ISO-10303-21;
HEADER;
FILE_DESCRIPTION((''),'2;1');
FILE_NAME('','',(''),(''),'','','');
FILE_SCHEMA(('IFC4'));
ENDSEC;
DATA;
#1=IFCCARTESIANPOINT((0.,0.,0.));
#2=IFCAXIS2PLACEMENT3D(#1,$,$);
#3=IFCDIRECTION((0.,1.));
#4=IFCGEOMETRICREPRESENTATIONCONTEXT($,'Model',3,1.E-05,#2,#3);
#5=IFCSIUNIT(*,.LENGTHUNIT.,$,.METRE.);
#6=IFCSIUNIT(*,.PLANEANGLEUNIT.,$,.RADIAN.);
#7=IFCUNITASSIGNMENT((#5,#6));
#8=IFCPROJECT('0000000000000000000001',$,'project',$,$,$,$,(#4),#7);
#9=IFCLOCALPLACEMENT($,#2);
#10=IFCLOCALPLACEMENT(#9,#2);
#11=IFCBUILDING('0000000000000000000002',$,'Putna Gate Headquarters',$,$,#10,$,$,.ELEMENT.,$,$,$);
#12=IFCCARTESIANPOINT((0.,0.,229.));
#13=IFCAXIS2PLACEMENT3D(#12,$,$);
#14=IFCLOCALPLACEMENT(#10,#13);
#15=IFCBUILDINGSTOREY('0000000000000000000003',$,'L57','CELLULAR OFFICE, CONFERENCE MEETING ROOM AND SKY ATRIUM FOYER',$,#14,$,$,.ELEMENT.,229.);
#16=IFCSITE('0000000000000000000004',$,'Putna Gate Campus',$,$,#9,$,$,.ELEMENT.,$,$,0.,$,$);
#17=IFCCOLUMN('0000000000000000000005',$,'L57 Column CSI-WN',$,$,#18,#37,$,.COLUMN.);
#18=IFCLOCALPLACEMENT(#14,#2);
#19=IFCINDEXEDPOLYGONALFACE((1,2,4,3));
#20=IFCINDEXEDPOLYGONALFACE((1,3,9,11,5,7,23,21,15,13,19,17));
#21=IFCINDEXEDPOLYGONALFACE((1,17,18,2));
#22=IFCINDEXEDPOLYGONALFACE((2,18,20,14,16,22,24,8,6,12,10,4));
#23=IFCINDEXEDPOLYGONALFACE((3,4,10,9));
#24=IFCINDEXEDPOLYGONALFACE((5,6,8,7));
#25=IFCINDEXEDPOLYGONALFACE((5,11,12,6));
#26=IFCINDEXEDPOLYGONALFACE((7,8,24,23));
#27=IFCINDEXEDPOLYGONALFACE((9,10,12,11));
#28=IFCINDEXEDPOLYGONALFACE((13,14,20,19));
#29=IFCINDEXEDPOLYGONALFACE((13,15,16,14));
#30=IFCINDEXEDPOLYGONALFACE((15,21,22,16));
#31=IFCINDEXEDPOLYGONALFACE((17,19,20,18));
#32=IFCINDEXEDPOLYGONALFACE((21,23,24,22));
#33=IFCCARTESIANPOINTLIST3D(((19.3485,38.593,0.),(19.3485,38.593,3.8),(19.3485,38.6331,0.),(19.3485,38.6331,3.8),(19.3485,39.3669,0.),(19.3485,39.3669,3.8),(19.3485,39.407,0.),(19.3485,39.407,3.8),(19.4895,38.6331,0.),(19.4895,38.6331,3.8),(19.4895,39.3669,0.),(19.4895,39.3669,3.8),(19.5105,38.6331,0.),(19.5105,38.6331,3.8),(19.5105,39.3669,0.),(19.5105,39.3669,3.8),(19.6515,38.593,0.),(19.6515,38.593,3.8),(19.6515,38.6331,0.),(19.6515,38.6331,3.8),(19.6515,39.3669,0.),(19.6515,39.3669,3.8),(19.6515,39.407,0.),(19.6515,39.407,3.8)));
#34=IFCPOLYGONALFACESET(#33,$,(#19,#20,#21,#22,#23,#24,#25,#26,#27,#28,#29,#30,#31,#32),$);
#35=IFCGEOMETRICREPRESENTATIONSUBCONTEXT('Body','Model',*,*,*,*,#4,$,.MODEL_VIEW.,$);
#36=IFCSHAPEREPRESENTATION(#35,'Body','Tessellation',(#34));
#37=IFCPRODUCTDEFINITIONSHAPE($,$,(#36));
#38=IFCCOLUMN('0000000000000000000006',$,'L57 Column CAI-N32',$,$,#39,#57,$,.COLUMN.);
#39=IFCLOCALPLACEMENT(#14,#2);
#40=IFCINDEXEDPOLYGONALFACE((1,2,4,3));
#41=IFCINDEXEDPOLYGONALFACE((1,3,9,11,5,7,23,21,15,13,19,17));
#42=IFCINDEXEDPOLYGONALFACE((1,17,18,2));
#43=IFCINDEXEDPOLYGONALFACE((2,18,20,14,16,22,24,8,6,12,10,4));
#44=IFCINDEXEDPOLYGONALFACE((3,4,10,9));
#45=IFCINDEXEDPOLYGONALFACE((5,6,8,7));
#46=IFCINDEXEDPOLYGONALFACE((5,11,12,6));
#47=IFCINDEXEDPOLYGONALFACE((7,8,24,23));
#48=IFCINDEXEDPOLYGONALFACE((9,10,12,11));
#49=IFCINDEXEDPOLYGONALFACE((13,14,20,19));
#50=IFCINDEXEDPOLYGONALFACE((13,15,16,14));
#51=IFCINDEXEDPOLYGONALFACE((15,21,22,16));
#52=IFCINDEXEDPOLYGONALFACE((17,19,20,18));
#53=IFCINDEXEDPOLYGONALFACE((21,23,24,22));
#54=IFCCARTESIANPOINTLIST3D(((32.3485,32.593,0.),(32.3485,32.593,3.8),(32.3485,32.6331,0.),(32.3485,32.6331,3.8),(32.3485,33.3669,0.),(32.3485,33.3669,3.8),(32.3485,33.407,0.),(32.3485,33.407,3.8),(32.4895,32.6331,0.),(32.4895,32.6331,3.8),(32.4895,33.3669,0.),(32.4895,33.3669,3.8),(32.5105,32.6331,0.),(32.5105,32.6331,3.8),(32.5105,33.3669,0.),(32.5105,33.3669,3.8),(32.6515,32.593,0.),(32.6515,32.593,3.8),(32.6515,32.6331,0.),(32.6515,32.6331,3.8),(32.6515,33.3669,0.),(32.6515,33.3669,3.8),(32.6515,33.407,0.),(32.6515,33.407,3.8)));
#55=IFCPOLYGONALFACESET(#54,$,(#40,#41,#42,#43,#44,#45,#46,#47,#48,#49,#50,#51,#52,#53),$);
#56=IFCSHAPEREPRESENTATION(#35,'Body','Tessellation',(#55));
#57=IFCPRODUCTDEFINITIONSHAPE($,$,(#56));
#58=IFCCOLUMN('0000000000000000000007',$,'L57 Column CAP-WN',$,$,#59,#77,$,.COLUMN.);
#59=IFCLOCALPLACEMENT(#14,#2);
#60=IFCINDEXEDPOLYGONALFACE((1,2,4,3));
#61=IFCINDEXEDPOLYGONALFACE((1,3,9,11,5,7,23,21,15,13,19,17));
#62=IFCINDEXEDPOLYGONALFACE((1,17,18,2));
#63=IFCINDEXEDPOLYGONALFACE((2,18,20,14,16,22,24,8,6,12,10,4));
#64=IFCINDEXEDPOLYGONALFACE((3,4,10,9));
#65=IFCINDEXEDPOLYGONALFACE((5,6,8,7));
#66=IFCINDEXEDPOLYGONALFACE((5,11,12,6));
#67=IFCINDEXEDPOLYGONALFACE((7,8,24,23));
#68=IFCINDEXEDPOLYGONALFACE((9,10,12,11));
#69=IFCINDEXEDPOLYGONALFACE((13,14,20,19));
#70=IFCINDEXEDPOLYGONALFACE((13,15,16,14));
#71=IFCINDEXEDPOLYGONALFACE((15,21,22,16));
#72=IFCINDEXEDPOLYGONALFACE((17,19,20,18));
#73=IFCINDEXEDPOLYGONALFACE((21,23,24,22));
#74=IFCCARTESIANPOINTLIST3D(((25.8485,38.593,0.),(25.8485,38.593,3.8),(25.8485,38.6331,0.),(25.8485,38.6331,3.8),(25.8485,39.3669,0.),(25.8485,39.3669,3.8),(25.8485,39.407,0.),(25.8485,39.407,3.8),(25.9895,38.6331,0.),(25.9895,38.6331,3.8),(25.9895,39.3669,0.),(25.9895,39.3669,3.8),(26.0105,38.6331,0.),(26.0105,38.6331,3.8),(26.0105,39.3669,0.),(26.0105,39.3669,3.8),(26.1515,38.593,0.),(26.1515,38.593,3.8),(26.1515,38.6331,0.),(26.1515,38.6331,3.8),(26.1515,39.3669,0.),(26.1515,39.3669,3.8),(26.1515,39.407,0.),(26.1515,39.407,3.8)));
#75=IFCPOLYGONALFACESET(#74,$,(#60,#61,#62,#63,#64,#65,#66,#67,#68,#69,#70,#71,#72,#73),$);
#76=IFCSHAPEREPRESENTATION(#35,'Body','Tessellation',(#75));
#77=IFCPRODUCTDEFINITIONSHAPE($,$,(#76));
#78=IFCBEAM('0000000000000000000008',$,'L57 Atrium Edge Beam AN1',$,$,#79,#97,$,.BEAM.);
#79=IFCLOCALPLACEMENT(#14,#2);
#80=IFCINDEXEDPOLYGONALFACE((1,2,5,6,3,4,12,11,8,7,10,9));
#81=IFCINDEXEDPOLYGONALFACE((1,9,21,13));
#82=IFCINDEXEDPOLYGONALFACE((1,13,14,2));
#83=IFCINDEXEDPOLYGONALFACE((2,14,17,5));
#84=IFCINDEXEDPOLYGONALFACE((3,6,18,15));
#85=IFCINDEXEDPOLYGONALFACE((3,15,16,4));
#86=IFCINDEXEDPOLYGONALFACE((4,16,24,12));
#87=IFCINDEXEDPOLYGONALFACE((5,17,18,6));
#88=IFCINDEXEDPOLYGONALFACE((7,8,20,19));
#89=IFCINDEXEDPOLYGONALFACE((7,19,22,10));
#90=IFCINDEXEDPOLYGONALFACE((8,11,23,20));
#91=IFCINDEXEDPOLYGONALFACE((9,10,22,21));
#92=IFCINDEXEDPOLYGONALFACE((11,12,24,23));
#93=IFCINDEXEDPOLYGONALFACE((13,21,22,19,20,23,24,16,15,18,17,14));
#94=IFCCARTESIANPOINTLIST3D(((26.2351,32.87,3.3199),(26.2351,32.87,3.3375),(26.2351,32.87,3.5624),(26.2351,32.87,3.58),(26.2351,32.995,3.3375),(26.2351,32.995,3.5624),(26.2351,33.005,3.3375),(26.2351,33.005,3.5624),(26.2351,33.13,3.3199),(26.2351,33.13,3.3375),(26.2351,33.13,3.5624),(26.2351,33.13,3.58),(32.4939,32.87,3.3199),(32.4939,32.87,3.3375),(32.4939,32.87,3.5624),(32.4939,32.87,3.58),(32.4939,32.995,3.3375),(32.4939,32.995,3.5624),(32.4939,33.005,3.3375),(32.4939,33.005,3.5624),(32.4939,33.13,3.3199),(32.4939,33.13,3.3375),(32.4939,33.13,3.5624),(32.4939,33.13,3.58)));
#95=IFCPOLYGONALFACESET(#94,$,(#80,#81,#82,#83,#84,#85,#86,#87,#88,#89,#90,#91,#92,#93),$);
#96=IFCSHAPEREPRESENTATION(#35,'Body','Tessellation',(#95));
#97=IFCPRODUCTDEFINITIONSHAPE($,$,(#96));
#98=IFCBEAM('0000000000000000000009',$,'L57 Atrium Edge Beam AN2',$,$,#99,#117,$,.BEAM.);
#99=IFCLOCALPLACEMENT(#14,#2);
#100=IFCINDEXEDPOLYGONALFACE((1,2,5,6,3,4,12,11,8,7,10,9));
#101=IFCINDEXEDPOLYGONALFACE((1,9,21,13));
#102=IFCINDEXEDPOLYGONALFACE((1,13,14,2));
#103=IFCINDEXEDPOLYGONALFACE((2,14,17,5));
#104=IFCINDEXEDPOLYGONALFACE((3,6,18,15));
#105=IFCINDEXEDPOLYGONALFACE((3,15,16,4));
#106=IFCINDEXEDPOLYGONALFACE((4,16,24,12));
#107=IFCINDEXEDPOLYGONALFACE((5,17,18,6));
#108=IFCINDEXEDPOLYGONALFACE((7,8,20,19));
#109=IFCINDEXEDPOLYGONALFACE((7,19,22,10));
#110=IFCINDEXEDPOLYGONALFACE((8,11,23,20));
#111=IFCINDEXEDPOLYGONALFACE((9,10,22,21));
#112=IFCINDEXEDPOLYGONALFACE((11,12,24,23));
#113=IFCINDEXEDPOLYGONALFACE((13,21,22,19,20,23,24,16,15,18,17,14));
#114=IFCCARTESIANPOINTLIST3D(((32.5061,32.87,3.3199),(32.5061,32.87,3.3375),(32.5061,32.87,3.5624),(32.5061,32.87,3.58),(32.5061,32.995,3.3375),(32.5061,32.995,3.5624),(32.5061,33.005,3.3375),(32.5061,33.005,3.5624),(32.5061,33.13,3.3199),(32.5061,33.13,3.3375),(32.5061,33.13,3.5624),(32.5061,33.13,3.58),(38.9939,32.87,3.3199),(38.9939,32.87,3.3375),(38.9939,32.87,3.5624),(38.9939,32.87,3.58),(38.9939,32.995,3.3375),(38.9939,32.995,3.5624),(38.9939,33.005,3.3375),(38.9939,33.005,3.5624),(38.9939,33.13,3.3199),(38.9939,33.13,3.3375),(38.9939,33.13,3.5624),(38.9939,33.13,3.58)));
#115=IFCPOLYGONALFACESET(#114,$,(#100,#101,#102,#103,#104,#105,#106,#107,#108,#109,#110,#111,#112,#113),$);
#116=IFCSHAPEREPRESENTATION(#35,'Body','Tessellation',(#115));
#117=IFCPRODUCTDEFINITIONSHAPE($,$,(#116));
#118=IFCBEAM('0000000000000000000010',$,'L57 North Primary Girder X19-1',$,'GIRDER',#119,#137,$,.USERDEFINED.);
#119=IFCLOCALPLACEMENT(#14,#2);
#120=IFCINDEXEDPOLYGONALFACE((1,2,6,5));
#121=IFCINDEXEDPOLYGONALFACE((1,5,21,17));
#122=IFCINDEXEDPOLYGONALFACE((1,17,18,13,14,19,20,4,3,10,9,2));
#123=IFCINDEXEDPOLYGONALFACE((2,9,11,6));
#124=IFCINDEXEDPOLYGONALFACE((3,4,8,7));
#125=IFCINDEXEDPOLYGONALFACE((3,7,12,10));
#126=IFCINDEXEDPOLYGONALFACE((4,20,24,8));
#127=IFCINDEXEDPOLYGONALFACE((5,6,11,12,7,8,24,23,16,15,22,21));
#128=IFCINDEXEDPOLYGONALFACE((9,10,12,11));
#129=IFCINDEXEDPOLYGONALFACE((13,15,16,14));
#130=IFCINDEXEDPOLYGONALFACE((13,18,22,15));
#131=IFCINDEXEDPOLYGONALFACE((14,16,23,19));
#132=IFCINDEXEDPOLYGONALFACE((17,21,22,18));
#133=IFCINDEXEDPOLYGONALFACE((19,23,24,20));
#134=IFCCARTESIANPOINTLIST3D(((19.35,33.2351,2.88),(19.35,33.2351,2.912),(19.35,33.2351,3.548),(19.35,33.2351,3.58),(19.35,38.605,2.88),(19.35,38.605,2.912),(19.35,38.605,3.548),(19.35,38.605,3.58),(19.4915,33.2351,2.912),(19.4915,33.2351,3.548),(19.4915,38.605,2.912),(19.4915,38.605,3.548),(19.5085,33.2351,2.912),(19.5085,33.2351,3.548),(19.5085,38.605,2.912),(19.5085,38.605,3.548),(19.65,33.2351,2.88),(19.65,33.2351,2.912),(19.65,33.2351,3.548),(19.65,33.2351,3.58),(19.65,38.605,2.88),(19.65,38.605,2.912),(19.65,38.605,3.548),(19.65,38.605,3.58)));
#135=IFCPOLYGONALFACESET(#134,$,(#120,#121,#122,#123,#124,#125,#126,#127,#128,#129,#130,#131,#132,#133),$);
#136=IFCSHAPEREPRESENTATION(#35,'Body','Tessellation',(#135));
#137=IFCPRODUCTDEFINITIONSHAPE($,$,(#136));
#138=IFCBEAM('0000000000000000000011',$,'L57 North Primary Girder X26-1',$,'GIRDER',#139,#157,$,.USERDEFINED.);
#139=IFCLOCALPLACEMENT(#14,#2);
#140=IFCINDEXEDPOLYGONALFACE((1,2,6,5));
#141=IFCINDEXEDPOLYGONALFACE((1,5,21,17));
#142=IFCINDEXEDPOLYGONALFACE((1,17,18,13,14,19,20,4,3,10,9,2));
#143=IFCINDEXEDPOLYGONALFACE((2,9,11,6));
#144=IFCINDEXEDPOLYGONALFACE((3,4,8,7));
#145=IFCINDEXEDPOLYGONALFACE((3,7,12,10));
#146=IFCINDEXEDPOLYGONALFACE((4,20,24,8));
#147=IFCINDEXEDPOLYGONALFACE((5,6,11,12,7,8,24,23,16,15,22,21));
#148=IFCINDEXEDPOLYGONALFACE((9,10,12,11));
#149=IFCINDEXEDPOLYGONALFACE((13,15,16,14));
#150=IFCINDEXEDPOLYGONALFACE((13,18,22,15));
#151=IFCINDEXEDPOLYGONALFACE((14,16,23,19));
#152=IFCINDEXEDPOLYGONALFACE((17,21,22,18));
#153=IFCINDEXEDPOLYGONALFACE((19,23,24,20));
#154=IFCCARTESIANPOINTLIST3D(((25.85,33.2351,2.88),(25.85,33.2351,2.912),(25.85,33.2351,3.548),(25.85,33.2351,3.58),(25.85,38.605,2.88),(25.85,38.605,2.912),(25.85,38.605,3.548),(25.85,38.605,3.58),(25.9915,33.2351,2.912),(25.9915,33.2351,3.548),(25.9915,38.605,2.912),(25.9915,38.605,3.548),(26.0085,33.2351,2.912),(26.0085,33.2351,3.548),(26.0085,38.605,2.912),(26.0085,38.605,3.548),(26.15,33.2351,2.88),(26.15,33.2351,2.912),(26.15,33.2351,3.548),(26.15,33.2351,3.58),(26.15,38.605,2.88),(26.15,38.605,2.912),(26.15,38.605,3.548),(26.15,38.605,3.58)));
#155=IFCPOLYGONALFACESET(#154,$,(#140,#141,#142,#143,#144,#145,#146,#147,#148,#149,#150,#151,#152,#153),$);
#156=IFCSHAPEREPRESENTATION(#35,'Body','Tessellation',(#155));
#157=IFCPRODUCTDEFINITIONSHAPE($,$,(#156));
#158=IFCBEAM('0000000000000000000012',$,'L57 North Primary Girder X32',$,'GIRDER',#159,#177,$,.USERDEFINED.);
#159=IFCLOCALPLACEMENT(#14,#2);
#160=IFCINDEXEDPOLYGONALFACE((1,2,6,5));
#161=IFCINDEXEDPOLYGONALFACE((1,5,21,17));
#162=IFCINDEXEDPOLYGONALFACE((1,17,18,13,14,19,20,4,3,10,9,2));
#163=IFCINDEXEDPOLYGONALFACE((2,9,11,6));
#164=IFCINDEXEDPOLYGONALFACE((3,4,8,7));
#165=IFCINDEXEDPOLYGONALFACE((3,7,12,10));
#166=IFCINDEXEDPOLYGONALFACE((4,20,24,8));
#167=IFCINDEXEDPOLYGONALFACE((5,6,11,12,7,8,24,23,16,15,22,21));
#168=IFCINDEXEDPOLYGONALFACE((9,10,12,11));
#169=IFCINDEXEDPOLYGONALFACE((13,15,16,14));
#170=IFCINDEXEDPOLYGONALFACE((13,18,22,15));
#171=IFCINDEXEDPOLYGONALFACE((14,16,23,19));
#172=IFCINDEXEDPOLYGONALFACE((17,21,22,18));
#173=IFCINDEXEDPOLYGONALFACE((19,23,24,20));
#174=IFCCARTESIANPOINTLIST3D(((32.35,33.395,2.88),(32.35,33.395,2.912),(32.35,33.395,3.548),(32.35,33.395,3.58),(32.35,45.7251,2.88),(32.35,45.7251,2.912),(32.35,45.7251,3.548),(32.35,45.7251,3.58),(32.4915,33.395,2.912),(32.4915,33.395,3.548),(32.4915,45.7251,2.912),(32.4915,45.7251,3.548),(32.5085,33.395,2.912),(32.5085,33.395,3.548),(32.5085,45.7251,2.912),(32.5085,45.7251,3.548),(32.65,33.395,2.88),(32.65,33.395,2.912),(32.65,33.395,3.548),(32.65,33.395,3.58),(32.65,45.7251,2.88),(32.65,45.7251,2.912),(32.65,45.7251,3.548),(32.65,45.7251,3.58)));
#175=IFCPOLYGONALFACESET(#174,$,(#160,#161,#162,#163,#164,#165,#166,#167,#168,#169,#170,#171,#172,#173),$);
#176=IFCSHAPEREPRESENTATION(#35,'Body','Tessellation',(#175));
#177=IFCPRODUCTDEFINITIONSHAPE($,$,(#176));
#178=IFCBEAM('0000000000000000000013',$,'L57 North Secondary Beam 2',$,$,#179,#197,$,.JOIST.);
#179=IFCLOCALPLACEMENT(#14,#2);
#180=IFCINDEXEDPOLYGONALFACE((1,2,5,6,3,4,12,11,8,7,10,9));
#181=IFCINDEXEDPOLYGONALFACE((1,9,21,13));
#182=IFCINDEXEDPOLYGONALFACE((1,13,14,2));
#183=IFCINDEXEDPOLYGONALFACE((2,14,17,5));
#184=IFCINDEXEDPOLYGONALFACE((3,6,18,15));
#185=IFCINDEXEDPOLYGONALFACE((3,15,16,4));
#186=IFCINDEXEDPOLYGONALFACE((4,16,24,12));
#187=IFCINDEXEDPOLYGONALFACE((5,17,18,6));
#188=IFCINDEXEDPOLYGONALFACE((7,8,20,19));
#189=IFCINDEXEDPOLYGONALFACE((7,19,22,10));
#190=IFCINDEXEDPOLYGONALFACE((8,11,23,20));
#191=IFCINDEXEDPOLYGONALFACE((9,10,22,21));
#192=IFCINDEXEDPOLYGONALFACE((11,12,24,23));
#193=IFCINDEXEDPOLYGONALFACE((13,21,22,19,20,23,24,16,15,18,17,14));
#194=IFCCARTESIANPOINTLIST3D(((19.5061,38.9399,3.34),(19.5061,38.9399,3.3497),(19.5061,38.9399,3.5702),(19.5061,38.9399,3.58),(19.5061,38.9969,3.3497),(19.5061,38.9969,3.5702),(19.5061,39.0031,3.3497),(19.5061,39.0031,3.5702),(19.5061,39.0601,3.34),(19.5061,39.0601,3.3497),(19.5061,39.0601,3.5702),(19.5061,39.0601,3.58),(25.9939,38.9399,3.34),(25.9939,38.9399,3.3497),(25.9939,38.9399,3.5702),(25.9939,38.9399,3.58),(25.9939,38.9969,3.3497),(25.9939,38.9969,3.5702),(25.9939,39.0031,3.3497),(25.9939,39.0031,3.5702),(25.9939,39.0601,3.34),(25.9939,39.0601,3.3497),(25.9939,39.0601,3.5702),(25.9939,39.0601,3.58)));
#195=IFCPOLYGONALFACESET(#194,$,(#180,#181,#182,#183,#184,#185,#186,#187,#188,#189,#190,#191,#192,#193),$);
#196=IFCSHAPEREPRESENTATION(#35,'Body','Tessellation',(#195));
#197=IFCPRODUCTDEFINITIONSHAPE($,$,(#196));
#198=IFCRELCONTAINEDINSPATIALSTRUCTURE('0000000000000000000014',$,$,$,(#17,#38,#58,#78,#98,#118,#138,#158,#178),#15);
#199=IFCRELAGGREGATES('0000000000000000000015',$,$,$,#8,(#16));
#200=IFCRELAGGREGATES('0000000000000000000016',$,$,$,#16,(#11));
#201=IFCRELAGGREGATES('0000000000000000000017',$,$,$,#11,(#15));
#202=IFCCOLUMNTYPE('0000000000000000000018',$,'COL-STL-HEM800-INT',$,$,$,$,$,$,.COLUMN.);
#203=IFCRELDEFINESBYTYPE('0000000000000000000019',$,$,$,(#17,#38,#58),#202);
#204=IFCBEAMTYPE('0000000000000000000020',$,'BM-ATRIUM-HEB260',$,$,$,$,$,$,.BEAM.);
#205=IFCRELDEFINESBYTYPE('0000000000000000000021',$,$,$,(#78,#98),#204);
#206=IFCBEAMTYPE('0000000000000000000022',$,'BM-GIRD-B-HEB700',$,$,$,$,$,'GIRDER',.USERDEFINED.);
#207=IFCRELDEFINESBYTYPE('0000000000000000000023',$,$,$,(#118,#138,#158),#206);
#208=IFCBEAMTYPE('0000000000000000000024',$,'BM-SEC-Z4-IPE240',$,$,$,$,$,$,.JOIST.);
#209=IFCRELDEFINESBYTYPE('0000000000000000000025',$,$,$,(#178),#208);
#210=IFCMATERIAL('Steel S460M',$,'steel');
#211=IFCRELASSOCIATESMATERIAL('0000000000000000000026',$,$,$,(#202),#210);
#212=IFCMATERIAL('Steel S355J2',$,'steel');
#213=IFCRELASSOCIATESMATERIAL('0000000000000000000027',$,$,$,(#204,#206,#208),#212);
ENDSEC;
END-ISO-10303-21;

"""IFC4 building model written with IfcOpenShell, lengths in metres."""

from ifc_helpers import new_model, si_unit, direction, frame, origin, origin_2d, place, context, subcontext, project, spatial, i_section, extrude, material, material_profile, profile_set, type_object, element, save


model = new_model("IFC4")

# Units and contexts
model_context = context("Model", 3, precision=1e-05, world=origin(), true_north=direction((0.0, 1.0)))
body_context = subcontext(model_context, "Body", "Model", "MODEL_VIEW")
ifc_project = project(units=[si_unit("LENGTHUNIT", "METRE"), si_unit("PLANEANGLEUNIT", "RADIAN")], contexts=[model_context])

# Site, building, storey
site_placement = place(None, origin())
site = spatial("IfcSite", under=ifc_project, at=site_placement, Name="Putna Gate Campus", CompositionType="ELEMENT", RefElevation=0.0)
building_placement = place(site_placement, origin())
building = spatial("IfcBuilding", under=site, at=building_placement, Name="Putna Gate Headquarters", CompositionType="ELEMENT")
storey_placement = place(building_placement, frame((0.0, 0.0, 229.0)))
storey = spatial("IfcBuildingStorey", under=building, at=storey_placement, Name="L57", Description="CELLULAR OFFICE, CONFERENCE MEETING ROOM AND SKY ATRIUM FOYER", CompositionType="ELEMENT", Elevation=229.0)

# Columns
ifc_material_1 = material(Name="Steel S460M", Category="steel")
ifc_material_profile_1 = material_profile(ifc_material_1, i_section(OverallWidth=0.303, OverallDepth=0.814, WebThickness=0.021, FlangeThickness=0.04, at=origin_2d()), Name="Steel S460M")
ifc_profile_set_1 = profile_set([ifc_material_profile_1], Name="Steel S460M")
column_type = type_object("IfcColumnType", Name="COL-STL-HEM800-INT", PredefinedType="COLUMN", material=ifc_profile_set_1)
for number, where, z_axis, x_axis, name in (
    (1, (19.5, 39.0, 0.0), (0.0, 0.0, 1.0), (1.0, 0.0, 0.0), "L57 Column CSI-WN"),
    (2, (32.5, 33.0, 0.0), (0.0, 0.0, 1.0), (1.0, 0.0, 0.0), "L57 Column CAI-N32"),
    (3, (26.0, 39.0, 0.0), (0.0, 0.0, 1.0), (1.0, 0.0, 0.0), "L57 Column CAP-WN"),
):
    element("IfcColumn", number, at=place(storey_placement, frame(where, z_axis=z_axis, x_axis=x_axis)), inside=storey, type_object=column_type, Name=name, PredefinedType="COLUMN", context=body_context, shape_type="SweptSolid", body=[
        extrude(i_section(OverallWidth=0.303, OverallDepth=0.814, WebThickness=0.021, FlangeThickness=0.04, at=origin_2d()), origin(), (0.0, 0.0, 1.0), 3.8),
    ])

# Beams
ifc_material_2 = material(Name="Steel S355J2", Category="steel")
ifc_material_profile_2 = material_profile(ifc_material_2, i_section(OverallWidth=0.26, OverallDepth=0.26, WebThickness=0.01, FlangeThickness=0.0176, at=origin_2d()), Name="Steel S355J2")
ifc_profile_set_2 = profile_set([ifc_material_profile_2], Name="Steel S355J2")
beam_type_1 = type_object("IfcBeamType", Name="BM-ATRIUM-HEB260", PredefinedType="BEAM", material=ifc_profile_set_2)
beam_1_placement = place(storey_placement, frame((26.2351, 33.0, 3.45), z_axis=(1.0, 0.0, 0.0), x_axis=(0.0, 1.0, 0.0)))
element("IfcBeam", 4, at=beam_1_placement, inside=storey, type_object=beam_type_1, Name="L57 Atrium Edge Beam AN1", PredefinedType="BEAM", context=body_context, shape_type="SweptSolid", body=[
    extrude(i_section(OverallWidth=0.26, OverallDepth=0.26, WebThickness=0.01, FlangeThickness=0.0176, at=origin_2d()), origin(), (0.0, 0.0, 1.0), 6.2588),
])
beam_2_placement = place(storey_placement, frame((32.5061, 33.0, 3.45), z_axis=(1.0, 0.0, 0.0), x_axis=(0.0, 1.0, 0.0)))
element("IfcBeam", 5, at=beam_2_placement, inside=storey, type_object=beam_type_1, Name="L57 Atrium Edge Beam AN2", PredefinedType="BEAM", context=body_context, shape_type="SweptSolid", body=[
    extrude(i_section(OverallWidth=0.26, OverallDepth=0.26, WebThickness=0.01, FlangeThickness=0.0176, at=origin_2d()), origin(), (0.0, 0.0, 1.0), 6.4878),
])
ifc_material_profile_3 = material_profile(ifc_material_2, i_section(OverallWidth=0.3, OverallDepth=0.7, WebThickness=0.0171, FlangeThickness=0.032, at=origin_2d()), Name="Steel S355J2")
ifc_profile_set_3 = profile_set([ifc_material_profile_3], Name="Steel S355J2")
beam_type_2 = type_object("IfcBeamType", Name="BM-GIRD-B-HEB700", ElementType="GIRDER", PredefinedType="USERDEFINED", material=ifc_profile_set_3)
for number, where, z_axis, x_axis, name in (
    (6, (19.5, 33.2351, 3.23), (0.0, 1.0, 0.0), (-1.0, 0.0, 0.0), "L57 North Primary Girder X19-1"),
    (7, (26.0, 33.2351, 3.23), (0.0, 1.0, 0.0), (-1.0, 0.0, 0.0), "L57 North Primary Girder X26-1"),
):
    element("IfcBeam", number, at=place(storey_placement, frame(where, z_axis=z_axis, x_axis=x_axis)), inside=storey, type_object=beam_type_2, Name=name, ObjectType="GIRDER", PredefinedType="USERDEFINED", context=body_context, shape_type="SweptSolid", body=[
        extrude(i_section(OverallWidth=0.3, OverallDepth=0.7, WebThickness=0.0171, FlangeThickness=0.032, at=origin_2d()), origin(), (0.0, 0.0, 1.0), 5.3699),
    ])
beam_3_placement = place(storey_placement, frame((32.5, 33.395, 3.23), z_axis=(0.0, 1.0, 0.0), x_axis=(-1.0, 0.0, 0.0)))
element("IfcBeam", 8, at=beam_3_placement, inside=storey, type_object=beam_type_2, Name="L57 North Primary Girder X32", ObjectType="GIRDER", PredefinedType="USERDEFINED", context=body_context, shape_type="SweptSolid", body=[
    extrude(i_section(OverallWidth=0.3, OverallDepth=0.7, WebThickness=0.0171, FlangeThickness=0.032, at=origin_2d()), origin(), (0.0, 0.0, 1.0), 12.3301),
])
ifc_material_profile_4 = material_profile(ifc_material_2, i_section(OverallWidth=0.1201, OverallDepth=0.24, WebThickness=0.0061, FlangeThickness=0.0098, at=origin_2d()), Name="Steel S355J2")
ifc_profile_set_4 = profile_set([ifc_material_profile_4], Name="Steel S355J2")
beam_type_3 = type_object("IfcBeamType", Name="BM-SEC-Z4-IPE240", PredefinedType="JOIST", material=ifc_profile_set_4)
beam_4_placement = place(storey_placement, frame((19.5061, 39.0, 3.46), z_axis=(1.0, 0.0, 0.0), x_axis=(0.0, 1.0, 0.0)))
element("IfcBeam", 9, at=beam_4_placement, inside=storey, type_object=beam_type_3, Name="L57 North Secondary Beam 2", PredefinedType="JOIST", context=body_context, shape_type="SweptSolid", body=[
    extrude(i_section(OverallWidth=0.1201, OverallDepth=0.24, WebThickness=0.0061, FlangeThickness=0.0098, at=origin_2d()), origin(), (0.0, 0.0, 1.0), 6.4878),
])

save(model, "model.ifc")
